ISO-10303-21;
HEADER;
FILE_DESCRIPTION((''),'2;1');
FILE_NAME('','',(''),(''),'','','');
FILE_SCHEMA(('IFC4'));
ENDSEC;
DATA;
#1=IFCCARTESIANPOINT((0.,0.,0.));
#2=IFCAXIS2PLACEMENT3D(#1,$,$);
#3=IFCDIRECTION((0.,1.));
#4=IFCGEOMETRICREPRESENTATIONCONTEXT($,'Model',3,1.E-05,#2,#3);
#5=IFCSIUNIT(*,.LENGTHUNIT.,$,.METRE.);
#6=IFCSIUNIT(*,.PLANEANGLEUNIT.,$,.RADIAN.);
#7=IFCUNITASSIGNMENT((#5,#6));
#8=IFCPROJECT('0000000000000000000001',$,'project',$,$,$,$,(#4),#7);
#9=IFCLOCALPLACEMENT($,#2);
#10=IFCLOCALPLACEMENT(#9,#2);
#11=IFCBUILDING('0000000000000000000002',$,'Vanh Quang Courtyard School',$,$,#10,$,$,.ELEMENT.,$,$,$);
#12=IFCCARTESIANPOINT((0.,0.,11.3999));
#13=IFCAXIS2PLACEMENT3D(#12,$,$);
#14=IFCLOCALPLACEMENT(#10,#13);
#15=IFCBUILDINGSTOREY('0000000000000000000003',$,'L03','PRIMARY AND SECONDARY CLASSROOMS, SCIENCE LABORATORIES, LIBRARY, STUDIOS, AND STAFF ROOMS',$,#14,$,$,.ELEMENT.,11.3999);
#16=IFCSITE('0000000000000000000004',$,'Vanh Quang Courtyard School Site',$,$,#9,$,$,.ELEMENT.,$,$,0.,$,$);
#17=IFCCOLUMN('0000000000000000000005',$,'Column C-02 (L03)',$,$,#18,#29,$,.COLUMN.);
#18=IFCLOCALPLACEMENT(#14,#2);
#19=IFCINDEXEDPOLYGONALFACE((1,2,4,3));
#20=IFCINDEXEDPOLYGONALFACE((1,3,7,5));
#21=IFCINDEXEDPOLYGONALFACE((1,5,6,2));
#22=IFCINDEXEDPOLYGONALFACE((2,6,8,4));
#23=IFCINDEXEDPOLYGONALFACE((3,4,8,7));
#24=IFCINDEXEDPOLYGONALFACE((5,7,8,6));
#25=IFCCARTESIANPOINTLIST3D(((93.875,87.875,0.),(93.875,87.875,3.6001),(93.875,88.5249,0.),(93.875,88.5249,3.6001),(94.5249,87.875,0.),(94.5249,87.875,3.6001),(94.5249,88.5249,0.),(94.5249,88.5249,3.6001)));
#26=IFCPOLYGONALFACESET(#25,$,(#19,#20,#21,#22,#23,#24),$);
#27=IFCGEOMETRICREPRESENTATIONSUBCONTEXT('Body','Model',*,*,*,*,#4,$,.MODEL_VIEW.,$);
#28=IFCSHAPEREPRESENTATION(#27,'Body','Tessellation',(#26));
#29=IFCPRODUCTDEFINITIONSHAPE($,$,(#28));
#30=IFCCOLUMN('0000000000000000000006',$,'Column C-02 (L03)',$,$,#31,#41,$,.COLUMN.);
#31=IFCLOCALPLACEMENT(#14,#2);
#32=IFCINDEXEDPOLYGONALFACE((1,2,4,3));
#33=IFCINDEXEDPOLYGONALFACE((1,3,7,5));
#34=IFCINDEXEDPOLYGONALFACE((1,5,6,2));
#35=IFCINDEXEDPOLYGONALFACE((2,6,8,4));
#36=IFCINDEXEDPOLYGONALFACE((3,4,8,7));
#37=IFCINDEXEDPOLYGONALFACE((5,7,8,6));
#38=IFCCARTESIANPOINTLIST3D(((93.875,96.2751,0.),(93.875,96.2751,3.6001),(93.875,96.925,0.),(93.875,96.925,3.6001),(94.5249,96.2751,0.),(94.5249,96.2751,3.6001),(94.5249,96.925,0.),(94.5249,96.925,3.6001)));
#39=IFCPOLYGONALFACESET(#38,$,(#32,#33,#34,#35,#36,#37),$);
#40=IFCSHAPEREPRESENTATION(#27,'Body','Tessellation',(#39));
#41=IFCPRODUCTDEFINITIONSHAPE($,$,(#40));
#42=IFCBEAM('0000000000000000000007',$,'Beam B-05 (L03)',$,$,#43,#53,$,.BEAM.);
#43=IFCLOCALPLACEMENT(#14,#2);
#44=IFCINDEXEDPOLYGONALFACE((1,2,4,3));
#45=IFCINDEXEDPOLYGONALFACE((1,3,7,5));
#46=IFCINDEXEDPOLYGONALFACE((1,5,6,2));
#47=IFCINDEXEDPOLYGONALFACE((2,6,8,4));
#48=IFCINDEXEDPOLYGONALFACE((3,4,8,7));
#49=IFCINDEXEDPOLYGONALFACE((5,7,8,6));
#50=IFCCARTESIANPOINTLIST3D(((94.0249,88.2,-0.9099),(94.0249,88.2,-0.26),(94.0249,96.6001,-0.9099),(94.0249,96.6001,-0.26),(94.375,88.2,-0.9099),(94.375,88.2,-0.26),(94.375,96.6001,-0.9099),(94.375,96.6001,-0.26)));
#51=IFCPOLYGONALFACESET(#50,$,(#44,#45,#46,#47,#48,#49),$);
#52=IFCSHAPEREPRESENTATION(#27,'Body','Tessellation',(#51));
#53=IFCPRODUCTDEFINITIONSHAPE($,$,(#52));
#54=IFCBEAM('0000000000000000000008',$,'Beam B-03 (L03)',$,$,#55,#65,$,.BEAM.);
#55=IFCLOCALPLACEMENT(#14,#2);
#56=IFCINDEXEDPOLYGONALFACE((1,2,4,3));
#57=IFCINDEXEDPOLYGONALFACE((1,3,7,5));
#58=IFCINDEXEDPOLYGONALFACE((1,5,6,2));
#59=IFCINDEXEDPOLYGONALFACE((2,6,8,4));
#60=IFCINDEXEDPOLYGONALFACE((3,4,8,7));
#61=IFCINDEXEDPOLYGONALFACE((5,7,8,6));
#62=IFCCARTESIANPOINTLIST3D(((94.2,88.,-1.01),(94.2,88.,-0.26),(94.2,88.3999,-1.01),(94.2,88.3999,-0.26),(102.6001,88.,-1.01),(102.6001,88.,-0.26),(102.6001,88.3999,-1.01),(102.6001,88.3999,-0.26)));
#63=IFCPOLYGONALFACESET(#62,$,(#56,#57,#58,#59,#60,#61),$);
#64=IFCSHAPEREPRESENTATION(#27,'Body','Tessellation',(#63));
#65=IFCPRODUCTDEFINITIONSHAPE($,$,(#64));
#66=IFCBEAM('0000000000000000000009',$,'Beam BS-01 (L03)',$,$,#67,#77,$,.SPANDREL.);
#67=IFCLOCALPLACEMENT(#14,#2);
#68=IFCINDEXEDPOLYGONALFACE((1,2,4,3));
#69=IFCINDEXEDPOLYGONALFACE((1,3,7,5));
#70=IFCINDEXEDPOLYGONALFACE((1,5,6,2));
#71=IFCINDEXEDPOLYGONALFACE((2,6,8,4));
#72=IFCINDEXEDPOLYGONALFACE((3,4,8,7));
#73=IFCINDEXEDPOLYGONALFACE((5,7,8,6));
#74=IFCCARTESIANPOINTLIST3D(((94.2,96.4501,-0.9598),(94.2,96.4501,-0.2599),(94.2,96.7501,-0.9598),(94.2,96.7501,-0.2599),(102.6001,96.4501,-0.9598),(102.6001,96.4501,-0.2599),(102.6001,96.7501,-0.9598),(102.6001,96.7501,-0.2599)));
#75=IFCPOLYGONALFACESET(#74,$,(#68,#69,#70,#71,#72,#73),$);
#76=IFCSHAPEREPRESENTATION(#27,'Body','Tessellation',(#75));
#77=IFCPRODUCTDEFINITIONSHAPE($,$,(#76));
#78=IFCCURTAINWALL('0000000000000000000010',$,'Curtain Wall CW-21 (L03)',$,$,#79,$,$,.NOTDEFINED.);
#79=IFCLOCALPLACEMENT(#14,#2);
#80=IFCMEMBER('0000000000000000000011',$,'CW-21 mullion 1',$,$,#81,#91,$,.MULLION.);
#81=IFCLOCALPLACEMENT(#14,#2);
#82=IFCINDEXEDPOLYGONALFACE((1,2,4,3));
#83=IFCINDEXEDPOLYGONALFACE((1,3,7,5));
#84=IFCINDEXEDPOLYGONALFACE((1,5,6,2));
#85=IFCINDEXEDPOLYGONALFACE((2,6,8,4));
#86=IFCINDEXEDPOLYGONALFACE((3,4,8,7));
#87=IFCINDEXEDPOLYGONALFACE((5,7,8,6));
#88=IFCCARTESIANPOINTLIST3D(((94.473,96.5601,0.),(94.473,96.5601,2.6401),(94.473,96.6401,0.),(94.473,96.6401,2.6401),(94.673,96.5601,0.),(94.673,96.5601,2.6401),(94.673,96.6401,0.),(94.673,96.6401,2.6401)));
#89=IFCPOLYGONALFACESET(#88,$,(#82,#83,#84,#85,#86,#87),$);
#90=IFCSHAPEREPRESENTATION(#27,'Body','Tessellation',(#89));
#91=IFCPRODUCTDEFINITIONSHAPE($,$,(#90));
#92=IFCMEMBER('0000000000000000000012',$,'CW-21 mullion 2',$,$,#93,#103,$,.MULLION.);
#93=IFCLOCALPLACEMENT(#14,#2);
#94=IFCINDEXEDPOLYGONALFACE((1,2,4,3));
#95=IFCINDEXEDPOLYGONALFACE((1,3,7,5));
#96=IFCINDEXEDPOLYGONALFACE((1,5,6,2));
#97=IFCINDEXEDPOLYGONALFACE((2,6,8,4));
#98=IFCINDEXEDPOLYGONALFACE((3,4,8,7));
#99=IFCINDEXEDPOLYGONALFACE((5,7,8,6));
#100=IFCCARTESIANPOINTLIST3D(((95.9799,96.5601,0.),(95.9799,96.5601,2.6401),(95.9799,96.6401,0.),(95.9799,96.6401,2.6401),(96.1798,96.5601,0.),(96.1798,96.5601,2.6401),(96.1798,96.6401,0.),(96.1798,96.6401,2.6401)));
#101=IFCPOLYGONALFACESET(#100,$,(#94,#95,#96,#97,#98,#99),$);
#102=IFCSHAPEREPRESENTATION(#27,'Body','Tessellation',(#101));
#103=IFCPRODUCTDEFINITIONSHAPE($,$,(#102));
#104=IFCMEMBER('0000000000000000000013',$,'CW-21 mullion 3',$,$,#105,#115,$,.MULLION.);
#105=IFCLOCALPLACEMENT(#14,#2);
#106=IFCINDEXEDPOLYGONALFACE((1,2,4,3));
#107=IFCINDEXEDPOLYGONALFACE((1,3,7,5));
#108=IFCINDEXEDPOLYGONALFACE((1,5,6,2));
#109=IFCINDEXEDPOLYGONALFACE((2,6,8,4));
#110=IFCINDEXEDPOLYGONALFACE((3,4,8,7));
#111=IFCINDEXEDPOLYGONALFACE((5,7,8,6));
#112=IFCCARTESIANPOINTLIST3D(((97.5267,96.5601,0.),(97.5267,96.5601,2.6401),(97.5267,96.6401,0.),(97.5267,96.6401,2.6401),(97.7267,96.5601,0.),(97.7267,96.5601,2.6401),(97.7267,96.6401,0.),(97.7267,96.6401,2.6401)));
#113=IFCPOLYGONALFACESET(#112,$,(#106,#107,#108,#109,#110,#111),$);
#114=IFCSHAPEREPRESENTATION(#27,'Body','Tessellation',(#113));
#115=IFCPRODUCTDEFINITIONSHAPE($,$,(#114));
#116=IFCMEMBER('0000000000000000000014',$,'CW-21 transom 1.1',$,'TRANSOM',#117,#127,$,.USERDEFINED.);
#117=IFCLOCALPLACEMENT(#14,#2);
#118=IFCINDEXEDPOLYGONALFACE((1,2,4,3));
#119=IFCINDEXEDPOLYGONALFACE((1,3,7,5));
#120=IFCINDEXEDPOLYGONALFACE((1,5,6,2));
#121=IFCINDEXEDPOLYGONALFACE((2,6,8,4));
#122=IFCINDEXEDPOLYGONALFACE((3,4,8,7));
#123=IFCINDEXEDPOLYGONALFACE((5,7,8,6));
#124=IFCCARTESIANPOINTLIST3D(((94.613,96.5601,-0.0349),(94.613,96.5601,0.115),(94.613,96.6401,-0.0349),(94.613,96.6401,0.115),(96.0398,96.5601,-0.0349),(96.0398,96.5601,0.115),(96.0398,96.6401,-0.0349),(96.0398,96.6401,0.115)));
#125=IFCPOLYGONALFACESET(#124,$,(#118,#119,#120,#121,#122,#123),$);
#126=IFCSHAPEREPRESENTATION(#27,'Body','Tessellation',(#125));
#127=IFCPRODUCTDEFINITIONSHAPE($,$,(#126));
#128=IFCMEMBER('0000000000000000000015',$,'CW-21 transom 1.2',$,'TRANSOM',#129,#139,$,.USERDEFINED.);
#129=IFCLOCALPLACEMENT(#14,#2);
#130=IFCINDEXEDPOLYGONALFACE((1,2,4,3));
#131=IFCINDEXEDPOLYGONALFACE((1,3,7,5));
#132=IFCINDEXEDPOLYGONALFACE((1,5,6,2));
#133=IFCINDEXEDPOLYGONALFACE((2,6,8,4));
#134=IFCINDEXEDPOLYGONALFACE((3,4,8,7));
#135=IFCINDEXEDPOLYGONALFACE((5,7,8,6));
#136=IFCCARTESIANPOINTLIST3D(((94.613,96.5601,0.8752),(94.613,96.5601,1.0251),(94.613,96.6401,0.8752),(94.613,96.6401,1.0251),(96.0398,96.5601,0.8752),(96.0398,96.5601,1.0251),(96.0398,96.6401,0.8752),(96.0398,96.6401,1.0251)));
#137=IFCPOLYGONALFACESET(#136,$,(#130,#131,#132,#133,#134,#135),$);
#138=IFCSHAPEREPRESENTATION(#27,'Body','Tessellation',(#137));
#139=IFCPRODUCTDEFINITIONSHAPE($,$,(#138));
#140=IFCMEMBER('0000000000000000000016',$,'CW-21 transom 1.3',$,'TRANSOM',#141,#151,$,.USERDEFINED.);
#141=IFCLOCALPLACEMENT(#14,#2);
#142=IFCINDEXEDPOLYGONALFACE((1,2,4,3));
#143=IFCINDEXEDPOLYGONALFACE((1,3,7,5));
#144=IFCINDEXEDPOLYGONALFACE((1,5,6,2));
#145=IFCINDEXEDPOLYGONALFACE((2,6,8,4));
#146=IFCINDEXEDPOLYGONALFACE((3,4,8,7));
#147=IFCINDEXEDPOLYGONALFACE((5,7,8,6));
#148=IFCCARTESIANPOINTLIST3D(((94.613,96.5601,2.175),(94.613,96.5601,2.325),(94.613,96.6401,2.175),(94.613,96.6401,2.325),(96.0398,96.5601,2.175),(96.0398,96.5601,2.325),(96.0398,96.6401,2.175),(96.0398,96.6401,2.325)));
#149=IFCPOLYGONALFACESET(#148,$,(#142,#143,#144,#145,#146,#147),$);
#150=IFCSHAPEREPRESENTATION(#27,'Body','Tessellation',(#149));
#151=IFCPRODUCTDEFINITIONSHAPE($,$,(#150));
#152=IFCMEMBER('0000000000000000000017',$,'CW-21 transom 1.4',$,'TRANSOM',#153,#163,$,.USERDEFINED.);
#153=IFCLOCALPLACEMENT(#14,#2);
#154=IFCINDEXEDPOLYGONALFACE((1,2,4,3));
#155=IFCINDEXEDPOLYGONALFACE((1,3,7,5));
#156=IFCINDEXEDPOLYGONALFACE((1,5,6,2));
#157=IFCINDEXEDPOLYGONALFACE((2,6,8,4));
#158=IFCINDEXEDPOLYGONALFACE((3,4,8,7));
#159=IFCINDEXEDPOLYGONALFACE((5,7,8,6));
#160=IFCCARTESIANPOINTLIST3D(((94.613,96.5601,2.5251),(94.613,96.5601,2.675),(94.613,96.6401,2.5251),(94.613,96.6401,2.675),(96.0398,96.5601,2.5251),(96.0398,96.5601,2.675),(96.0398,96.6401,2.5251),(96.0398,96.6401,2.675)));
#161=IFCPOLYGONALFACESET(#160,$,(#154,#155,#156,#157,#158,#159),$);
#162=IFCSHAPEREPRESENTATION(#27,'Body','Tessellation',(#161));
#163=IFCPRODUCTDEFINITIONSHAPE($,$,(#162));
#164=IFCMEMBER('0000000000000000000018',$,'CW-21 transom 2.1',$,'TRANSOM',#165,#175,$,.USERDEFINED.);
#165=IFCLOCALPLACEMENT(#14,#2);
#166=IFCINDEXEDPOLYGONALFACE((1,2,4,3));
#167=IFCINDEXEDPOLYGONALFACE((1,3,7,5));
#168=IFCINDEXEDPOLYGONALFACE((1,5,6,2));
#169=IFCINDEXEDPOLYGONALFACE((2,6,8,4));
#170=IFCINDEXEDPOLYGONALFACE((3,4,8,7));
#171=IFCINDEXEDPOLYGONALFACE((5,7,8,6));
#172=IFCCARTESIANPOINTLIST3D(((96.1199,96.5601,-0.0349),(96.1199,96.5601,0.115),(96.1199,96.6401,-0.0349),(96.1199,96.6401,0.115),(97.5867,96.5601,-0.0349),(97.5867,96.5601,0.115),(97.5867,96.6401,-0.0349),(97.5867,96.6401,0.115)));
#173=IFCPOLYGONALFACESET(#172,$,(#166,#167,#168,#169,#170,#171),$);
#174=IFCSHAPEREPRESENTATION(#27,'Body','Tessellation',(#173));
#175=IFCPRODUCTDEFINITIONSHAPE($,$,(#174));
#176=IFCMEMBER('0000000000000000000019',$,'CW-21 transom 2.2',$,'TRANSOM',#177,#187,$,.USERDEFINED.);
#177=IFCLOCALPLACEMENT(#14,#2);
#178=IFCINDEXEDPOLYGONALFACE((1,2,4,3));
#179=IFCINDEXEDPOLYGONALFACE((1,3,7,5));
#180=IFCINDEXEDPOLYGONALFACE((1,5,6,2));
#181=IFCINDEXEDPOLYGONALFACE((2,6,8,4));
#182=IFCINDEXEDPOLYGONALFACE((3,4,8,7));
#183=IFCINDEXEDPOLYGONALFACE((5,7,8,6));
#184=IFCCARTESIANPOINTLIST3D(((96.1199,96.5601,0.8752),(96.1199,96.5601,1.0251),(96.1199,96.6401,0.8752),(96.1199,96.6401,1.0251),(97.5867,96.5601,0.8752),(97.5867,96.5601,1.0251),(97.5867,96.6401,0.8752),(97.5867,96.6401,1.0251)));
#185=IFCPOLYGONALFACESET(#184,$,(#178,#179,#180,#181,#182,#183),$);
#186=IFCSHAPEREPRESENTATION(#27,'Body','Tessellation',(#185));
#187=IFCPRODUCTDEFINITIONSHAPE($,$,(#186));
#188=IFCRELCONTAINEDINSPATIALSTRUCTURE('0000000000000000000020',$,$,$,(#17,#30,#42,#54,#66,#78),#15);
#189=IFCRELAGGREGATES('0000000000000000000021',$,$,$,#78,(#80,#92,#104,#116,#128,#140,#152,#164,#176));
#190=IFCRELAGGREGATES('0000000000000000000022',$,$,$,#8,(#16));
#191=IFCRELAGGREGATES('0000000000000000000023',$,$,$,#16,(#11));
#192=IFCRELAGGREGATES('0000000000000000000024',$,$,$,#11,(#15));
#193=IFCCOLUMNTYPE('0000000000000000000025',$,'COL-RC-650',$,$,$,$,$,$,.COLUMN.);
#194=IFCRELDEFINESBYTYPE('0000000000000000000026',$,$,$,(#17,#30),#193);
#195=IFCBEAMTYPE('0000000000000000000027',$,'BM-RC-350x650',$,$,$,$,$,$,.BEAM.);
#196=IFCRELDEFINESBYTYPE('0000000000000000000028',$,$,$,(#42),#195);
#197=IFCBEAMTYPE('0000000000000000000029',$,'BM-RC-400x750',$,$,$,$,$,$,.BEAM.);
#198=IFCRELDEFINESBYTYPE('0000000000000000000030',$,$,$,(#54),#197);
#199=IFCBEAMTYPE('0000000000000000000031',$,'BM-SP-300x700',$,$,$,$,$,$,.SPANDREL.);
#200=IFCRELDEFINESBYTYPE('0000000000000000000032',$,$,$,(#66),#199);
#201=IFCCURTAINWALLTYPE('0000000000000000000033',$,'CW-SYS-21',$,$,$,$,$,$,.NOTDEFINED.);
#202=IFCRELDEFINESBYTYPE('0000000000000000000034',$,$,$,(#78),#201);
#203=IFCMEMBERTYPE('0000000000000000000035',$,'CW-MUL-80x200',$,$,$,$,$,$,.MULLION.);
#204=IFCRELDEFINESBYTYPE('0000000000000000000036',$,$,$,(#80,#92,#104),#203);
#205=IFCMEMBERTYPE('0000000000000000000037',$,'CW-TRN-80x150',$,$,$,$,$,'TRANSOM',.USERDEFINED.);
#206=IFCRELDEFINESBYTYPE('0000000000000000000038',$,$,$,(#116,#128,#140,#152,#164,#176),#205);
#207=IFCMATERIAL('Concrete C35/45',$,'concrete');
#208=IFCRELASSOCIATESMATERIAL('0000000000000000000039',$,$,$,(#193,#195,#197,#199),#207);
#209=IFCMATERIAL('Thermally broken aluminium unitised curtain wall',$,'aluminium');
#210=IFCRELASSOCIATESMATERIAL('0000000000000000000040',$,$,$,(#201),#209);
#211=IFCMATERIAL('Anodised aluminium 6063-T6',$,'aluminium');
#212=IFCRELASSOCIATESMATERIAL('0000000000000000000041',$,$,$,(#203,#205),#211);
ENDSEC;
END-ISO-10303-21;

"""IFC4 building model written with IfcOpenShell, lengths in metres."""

from ifc_helpers import new_model, si_unit, direction, frame, origin, origin_2d, place, context, subcontext, project, spatial, rectangle, extrude, material, material_profile, profile_set, type_object, element, aggregate, save


model = new_model("IFC4")

# Units and contexts
model_context = context("Model", 3, precision=1e-05, world=origin(), true_north=direction((0.0, 1.0)))
body_context = subcontext(model_context, "Body", "Model", "MODEL_VIEW")
ifc_project = project(units=[si_unit("LENGTHUNIT", "METRE"), si_unit("PLANEANGLEUNIT", "RADIAN")], contexts=[model_context])

# Site, building, storey
site_placement = place(None, origin())
site = spatial("IfcSite", under=ifc_project, at=site_placement, Name="Vanh Quang Courtyard School Site", CompositionType="ELEMENT", RefElevation=0.0)
building_placement = place(site_placement, origin())
building = spatial("IfcBuilding", under=site, at=building_placement, Name="Vanh Quang Courtyard School", CompositionType="ELEMENT")
storey_placement = place(building_placement, frame((0.0, 0.0, 11.3999)))
storey = spatial("IfcBuildingStorey", under=building, at=storey_placement, Name="L03", Description="PRIMARY AND SECONDARY CLASSROOMS, SCIENCE LABORATORIES, LIBRARY, STUDIOS, AND STAFF ROOMS", CompositionType="ELEMENT", Elevation=11.3999)

# Columns
ifc_material_1 = material(Name="Concrete C35/45", Category="concrete")
ifc_material_profile_1 = material_profile(ifc_material_1, rectangle(XDim=0.6499, YDim=0.6499, at=origin_2d()), Name="RC-COL 650x650")
ifc_profile_set_1 = profile_set([ifc_material_profile_1], Name="Concrete C35/45")
column_type = type_object("IfcColumnType", Name="COL-RC-650", PredefinedType="COLUMN", material=ifc_profile_set_1)
for number, where, z_axis, x_axis, name in (
    (1, (94.2, 88.2, 0.0), (0.0, 0.0, 1.0), (1.0, 0.0, 0.0), "Column C-02 (L03)"),
    (2, (94.2, 96.6001, 0.0), (0.0, 0.0, 1.0), (1.0, 0.0, 0.0), "Column C-02 (L03)"),
):
    element("IfcColumn", number, at=place(storey_placement, frame(where, z_axis=z_axis, x_axis=x_axis)), inside=storey, type_object=column_type, Name=name, PredefinedType="COLUMN", context=body_context, shape_type="SweptSolid", body=[
        extrude(rectangle(XDim=0.6499, YDim=0.6499, at=origin_2d()), origin(), (0.0, 0.0, 1.0), 3.6001),
    ])

# Beams
ifc_material_profile_2 = material_profile(ifc_material_1, rectangle(XDim=0.3501, YDim=0.6499, at=origin_2d()), Name="RC-BM 350x650")
ifc_profile_set_2 = profile_set([ifc_material_profile_2], Name="Concrete C35/45")
beam_type_1 = type_object("IfcBeamType", Name="BM-RC-350x650", PredefinedType="BEAM", material=ifc_profile_set_2)
beam_1_placement = place(storey_placement, frame((94.2, 88.2, -0.585), z_axis=(0.0, 1.0, 0.0), x_axis=(-1.0, 0.0, 0.0)))
element("IfcBeam", 3, at=beam_1_placement, inside=storey, type_object=beam_type_1, Name="Beam B-05 (L03)", PredefinedType="BEAM", context=body_context, shape_type="SweptSolid", body=[
    extrude(rectangle(XDim=0.3501, YDim=0.6499, at=origin_2d()), origin(), (0.0, 0.0, 1.0), 8.4001),
])
ifc_material_profile_3 = material_profile(ifc_material_1, rectangle(XDim=0.3999, YDim=0.75, at=origin_2d()), Name="RC-BM 400x750")
ifc_profile_set_3 = profile_set([ifc_material_profile_3], Name="Concrete C35/45")
beam_type_2 = type_object("IfcBeamType", Name="BM-RC-400x750", PredefinedType="BEAM", material=ifc_profile_set_3)
beam_2_placement = place(storey_placement, frame((94.2, 88.2, -0.635), z_axis=(1.0, 0.0, 0.0), x_axis=(0.0, 1.0, 0.0)))
element("IfcBeam", 4, at=beam_2_placement, inside=storey, type_object=beam_type_2, Name="Beam B-03 (L03)", PredefinedType="BEAM", context=body_context, shape_type="SweptSolid", body=[
    extrude(rectangle(XDim=0.3999, YDim=0.75, at=origin_2d()), origin(), (0.0, 0.0, 1.0), 8.4001),
])
ifc_material_profile_4 = material_profile(ifc_material_1, rectangle(XDim=0.3, YDim=0.7, at=origin_2d()), Name="RC-SP 300x700")
ifc_profile_set_4 = profile_set([ifc_material_profile_4], Name="Concrete C35/45")
beam_type_3 = type_object("IfcBeamType", Name="BM-SP-300x700", PredefinedType="SPANDREL", material=ifc_profile_set_4)
beam_3_placement = place(storey_placement, frame((94.2, 96.6001, -0.6099), z_axis=(1.0, 0.0, 0.0), x_axis=(0.0, 1.0, 0.0)))
element("IfcBeam", 5, at=beam_3_placement, inside=storey, type_object=beam_type_3, Name="Beam BS-01 (L03)", PredefinedType="SPANDREL", context=body_context, shape_type="SweptSolid", body=[
    extrude(rectangle(XDim=0.3, YDim=0.7, at=origin_2d()), origin(), (0.0, 0.0, 1.0), 8.4001),
])

# Curtain wall, members
ifc_material_2 = material(Name="Thermally broken aluminium unitised curtain wall", Category="aluminium")
curtain_wall_type = type_object("IfcCurtainWallType", Name="CW-SYS-21", PredefinedType="NOTDEFINED", material=ifc_material_2)
curtain_wall_placement = place(storey_placement, origin())
curtain_wall = element("IfcCurtainWall", 6, at=curtain_wall_placement, inside=storey, type_object=curtain_wall_type, Name="Curtain Wall CW-21 (L03)", PredefinedType="NOTDEFINED")
ifc_material_3 = material(Name="Anodised aluminium 6063-T6", Category="aluminium")
ifc_material_profile_5 = material_profile(ifc_material_3, rectangle(XDim=0.0801, YDim=0.2, at=origin_2d()), Name="ALU-MUL 80x200")
ifc_profile_set_5 = profile_set([ifc_material_profile_5], Name="Anodised aluminium 6063-T6")
member_type_1 = type_object("IfcMemberType", Name="CW-MUL-80x200", PredefinedType="MULLION", material=ifc_profile_set_5)
member_1_placement = place(storey_placement, frame((94.573, 96.6001, 0.0), z_axis=(0.0, 0.0, 1.0), x_axis=(0.0, 1.0, 0.0)))
member_1 = element("IfcMember", 7, at=member_1_placement, type_object=member_type_1, Name="CW-21 mullion 1", PredefinedType="MULLION", context=body_context, shape_type="SweptSolid", body=[
    extrude(rectangle(XDim=0.0801, YDim=0.2, at=origin_2d()), origin(), (0.0, 0.0, 1.0), 2.6401),
])
member_2_placement = place(storey_placement, frame((96.0798, 96.6001, 0.0), z_axis=(0.0, 0.0, 1.0), x_axis=(0.0, 1.0, 0.0)))
member_2 = element("IfcMember", 8, at=member_2_placement, type_object=member_type_1, Name="CW-21 mullion 2", PredefinedType="MULLION", context=body_context, shape_type="SweptSolid", body=[
    extrude(rectangle(XDim=0.0801, YDim=0.2, at=origin_2d()), origin(), (0.0, 0.0, 1.0), 2.6401),
])
member_3_placement = place(storey_placement, frame((97.6267, 96.6001, 0.0), z_axis=(0.0, 0.0, 1.0), x_axis=(0.0, 1.0, 0.0)))
member_3 = element("IfcMember", 9, at=member_3_placement, type_object=member_type_1, Name="CW-21 mullion 3", PredefinedType="MULLION", context=body_context, shape_type="SweptSolid", body=[
    extrude(rectangle(XDim=0.0801, YDim=0.2, at=origin_2d()), origin(), (0.0, 0.0, 1.0), 2.6401),
])
ifc_material_profile_6 = material_profile(ifc_material_3, rectangle(XDim=0.0801, YDim=0.1499, at=origin_2d()), Name="ALU-TRN 80x150")
ifc_profile_set_6 = profile_set([ifc_material_profile_6], Name="Anodised aluminium 6063-T6")
member_type_2 = type_object("IfcMemberType", Name="CW-TRN-80x150", ElementType="TRANSOM", PredefinedType="USERDEFINED", material=ifc_profile_set_6)
member_4_placement = place(storey_placement, frame((94.613, 96.6001, 0.04), z_axis=(1.0, 0.0, 0.0), x_axis=(0.0, 1.0, 0.0)))
member_4 = element("IfcMember", 10, at=member_4_placement, type_object=member_type_2, Name="CW-21 transom 1.1", ObjectType="TRANSOM", PredefinedType="USERDEFINED", context=body_context, shape_type="SweptSolid", body=[
    extrude(rectangle(XDim=0.0801, YDim=0.1499, at=origin_2d()), origin(), (0.0, 0.0, 1.0), 1.4268),
])
member_5_placement = place(storey_placement, frame((94.613, 96.6001, 0.9502), z_axis=(1.0, 0.0, 0.0), x_axis=(0.0, 1.0, 0.0)))
member_5 = element("IfcMember", 11, at=member_5_placement, type_object=member_type_2, Name="CW-21 transom 1.2", ObjectType="TRANSOM", PredefinedType="USERDEFINED", context=body_context, shape_type="SweptSolid", body=[
    extrude(rectangle(XDim=0.0801, YDim=0.1499, at=origin_2d()), origin(), (0.0, 0.0, 1.0), 1.4268),
])
member_6_placement = place(storey_placement, frame((94.613, 96.6001, 2.25), z_axis=(1.0, 0.0, 0.0), x_axis=(0.0, 1.0, 0.0)))
member_6 = element("IfcMember", 12, at=member_6_placement, type_object=member_type_2, Name="CW-21 transom 1.3", ObjectType="TRANSOM", PredefinedType="USERDEFINED", context=body_context, shape_type="SweptSolid", body=[
    extrude(rectangle(XDim=0.0801, YDim=0.1499, at=origin_2d()), origin(), (0.0, 0.0, 1.0), 1.4268),
])
member_7_placement = place(storey_placement, frame((94.613, 96.6001, 2.6001), z_axis=(1.0, 0.0, 0.0), x_axis=(0.0, 1.0, 0.0)))
member_7 = element("IfcMember", 13, at=member_7_placement, type_object=member_type_2, Name="CW-21 transom 1.4", ObjectType="TRANSOM", PredefinedType="USERDEFINED", context=body_context, shape_type="SweptSolid", body=[
    extrude(rectangle(XDim=0.0801, YDim=0.1499, at=origin_2d()), origin(), (0.0, 0.0, 1.0), 1.4268),
])
member_8_placement = place(storey_placement, frame((96.1199, 96.6001, 0.04), z_axis=(1.0, 0.0, 0.0), x_axis=(0.0, 1.0, 0.0)))
member_8 = element("IfcMember", 14, at=member_8_placement, type_object=member_type_2, Name="CW-21 transom 2.1", ObjectType="TRANSOM", PredefinedType="USERDEFINED", context=body_context, shape_type="SweptSolid", body=[
    extrude(rectangle(XDim=0.0801, YDim=0.1499, at=origin_2d()), origin(), (0.0, 0.0, 1.0), 1.4668),
])
member_9_placement = place(storey_placement, frame((96.1199, 96.6001, 0.9502), z_axis=(1.0, 0.0, 0.0), x_axis=(0.0, 1.0, 0.0)))
member_9 = element("IfcMember", 15, at=member_9_placement, type_object=member_type_2, Name="CW-21 transom 2.2", ObjectType="TRANSOM", PredefinedType="USERDEFINED", context=body_context, shape_type="SweptSolid", body=[
    extrude(rectangle(XDim=0.0801, YDim=0.1499, at=origin_2d()), origin(), (0.0, 0.0, 1.0), 1.4668),
])

aggregate(curtain_wall, [member_1, member_2, member_3, member_4, member_5, member_6, member_7, member_8, member_9])

save(model, "model.ifc")
